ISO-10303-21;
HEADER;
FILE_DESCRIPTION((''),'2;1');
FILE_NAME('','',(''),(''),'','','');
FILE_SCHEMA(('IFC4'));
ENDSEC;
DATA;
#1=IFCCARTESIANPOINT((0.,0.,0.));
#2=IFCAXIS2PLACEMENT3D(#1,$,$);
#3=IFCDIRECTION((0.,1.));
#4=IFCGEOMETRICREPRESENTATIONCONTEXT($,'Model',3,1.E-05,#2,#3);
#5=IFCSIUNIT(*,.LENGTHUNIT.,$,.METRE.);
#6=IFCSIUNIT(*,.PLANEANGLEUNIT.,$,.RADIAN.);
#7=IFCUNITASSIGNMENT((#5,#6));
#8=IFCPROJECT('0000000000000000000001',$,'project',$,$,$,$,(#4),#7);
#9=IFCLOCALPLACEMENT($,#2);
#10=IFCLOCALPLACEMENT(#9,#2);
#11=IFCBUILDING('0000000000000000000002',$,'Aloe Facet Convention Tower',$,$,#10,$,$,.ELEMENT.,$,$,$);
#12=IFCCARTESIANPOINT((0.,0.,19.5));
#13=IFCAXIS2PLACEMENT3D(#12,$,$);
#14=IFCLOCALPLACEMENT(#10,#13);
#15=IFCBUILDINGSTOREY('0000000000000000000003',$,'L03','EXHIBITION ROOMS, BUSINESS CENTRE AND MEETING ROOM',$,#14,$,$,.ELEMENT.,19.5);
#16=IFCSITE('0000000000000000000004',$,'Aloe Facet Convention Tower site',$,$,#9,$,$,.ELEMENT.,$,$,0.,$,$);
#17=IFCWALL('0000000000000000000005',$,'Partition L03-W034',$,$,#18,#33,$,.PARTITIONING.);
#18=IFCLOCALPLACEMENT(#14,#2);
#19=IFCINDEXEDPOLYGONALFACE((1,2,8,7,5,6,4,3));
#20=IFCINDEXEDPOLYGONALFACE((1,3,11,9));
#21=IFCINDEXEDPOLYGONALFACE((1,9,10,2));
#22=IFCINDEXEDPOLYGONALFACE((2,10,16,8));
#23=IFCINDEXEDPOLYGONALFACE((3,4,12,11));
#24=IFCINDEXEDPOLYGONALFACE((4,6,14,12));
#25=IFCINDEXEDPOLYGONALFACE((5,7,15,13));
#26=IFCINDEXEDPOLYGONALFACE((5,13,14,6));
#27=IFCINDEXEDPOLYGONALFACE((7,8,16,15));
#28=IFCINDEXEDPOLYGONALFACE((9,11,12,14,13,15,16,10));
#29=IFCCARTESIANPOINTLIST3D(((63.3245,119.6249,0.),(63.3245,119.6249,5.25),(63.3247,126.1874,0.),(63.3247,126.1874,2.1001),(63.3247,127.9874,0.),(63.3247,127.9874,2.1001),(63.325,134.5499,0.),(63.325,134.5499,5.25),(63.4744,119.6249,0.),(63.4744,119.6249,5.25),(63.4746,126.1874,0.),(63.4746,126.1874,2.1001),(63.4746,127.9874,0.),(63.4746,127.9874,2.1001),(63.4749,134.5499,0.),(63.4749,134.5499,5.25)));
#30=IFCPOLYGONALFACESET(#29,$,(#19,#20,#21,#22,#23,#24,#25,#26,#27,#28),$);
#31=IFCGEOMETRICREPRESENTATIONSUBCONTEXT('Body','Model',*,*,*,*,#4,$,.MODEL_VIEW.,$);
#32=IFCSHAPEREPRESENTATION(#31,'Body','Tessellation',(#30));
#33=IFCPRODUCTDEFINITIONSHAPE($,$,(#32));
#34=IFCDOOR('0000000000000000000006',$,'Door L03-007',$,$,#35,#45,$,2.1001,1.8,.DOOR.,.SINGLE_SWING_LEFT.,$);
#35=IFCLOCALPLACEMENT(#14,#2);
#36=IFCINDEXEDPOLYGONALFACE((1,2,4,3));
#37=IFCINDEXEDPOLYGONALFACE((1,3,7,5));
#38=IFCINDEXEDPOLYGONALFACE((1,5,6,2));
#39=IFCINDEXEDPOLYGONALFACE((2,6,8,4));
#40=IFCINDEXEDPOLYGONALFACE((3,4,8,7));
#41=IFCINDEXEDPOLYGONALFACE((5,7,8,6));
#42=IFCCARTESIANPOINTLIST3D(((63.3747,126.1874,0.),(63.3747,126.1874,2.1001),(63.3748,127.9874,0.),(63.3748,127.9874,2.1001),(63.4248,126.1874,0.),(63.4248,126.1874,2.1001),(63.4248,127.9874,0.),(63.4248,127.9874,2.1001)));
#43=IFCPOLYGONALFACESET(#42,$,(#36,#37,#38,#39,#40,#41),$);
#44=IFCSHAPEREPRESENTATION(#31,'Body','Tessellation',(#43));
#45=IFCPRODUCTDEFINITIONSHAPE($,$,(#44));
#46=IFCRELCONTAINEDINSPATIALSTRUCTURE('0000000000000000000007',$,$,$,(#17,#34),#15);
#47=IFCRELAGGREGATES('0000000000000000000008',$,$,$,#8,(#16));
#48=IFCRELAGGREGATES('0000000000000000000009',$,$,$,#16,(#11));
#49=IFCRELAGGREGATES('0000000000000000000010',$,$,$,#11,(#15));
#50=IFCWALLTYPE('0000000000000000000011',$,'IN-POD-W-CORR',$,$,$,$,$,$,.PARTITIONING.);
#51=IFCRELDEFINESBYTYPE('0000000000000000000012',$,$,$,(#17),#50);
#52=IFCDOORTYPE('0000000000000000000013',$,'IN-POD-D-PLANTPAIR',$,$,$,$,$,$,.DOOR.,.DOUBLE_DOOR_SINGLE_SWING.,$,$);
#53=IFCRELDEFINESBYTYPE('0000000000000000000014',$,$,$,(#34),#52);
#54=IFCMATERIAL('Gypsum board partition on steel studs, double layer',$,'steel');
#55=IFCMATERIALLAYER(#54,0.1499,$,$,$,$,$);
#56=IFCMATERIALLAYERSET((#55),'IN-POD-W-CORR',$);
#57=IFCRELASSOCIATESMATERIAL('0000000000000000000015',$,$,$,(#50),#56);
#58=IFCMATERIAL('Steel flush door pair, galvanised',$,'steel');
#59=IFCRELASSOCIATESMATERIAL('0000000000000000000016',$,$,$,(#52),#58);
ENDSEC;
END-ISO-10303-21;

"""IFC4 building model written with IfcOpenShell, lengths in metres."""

from ifc_helpers import new_model, si_unit, direction, frame, frame_2d, origin, place, context, subcontext, project, spatial, rectangle, extrude, material, layer, layer_set, type_object, element, fill, save


model = new_model("IFC4")

# Units and contexts
model_context = context("Model", 3, precision=1e-05, world=origin(), true_north=direction((0.0, 1.0)))
body_context = subcontext(model_context, "Body", "Model", "MODEL_VIEW")
ifc_project = project(units=[si_unit("LENGTHUNIT", "METRE"), si_unit("PLANEANGLEUNIT", "RADIAN")], contexts=[model_context])

# Site, building, storey
site_placement = place(None, origin())
site = spatial("IfcSite", under=ifc_project, at=site_placement, Name="Aloe Facet Convention Tower site", CompositionType="ELEMENT", RefElevation=0.0)
building_placement = place(site_placement, origin())
building = spatial("IfcBuilding", under=site, at=building_placement, Name="Aloe Facet Convention Tower", CompositionType="ELEMENT")
storey_placement = place(building_placement, frame((0.0, 0.0, 19.5)))
storey = spatial("IfcBuildingStorey", under=building, at=storey_placement, Name="L03", Description="EXHIBITION ROOMS, BUSINESS CENTRE AND MEETING ROOM", CompositionType="ELEMENT", Elevation=19.5)

# Wall, opening, door
ifc_material_1 = material(Name="Gypsum board partition on steel studs, double layer", Category="steel")
ifc_layer_1 = layer(ifc_material_1, 0.1499)
ifc_layer_set_1 = layer_set([ifc_layer_1], Name="IN-POD-W-CORR")
wall_type_1 = type_object("IfcWallType", Name="IN-POD-W-CORR", PredefinedType="PARTITIONING", material=ifc_layer_set_1)
wall_1_placement = place(storey_placement, frame((63.3994, 119.625, 0.0), z_axis=(0.0, 0.0, 1.0), x_axis=(0.000033, 1.0, 0.0)))
wall_1 = element("IfcWall", 1, at=wall_1_placement, inside=storey, type_object=wall_type_1, Name="Partition L03-W034", PredefinedType="PARTITIONING", context=body_context, shape_type="SweptSolid", body=[
    extrude(rectangle(XDim=14.925, YDim=0.1499, at=frame_2d((7.4624, 0.0))), origin(), (0.0, 0.0, 1.0), 5.25),
])
opening_1_placement = place(wall_1_placement, frame((6.5625, 0.0, 0.0)))
opening_1 = element("IfcOpeningElement", 2, at=opening_1_placement, cuts=wall_1, PredefinedType="OPENING", context=body_context, shape_type="SweptSolid", body=[
    extrude(rectangle(XDim=1.8, YDim=2.1001, at=frame_2d((0.8999, 1.05))), frame((0.0, 0.085, 0.0), z_axis=(0.0, -1.0, 0.0), x_axis=(1.0, 0.0, 0.0)), (0.0, 0.0, 1.0), 0.1699),
])
ifc_material_2 = material(Name="Steel flush door pair, galvanised", Category="steel")
door_type_1 = type_object("IfcDoorType", Name="IN-POD-D-PLANTPAIR", OperationType="DOUBLE_DOOR_SINGLE_SWING", PredefinedType="DOOR", material=ifc_material_2)
door_1_placement = place(opening_1_placement, origin())
door_1 = element("IfcDoor", 3, at=door_1_placement, inside=storey, type_object=door_type_1, Name="Door L03-007", OperationType="SINGLE_SWING_LEFT", OverallHeight=2.1001, OverallWidth=1.8, PredefinedType="DOOR", context=body_context, shape_type="SweptSolid", body=[
    extrude(rectangle(XDim=1.8, YDim=2.1001, at=frame_2d((0.8999, 1.05))), frame((0.0, 0.0249, 0.0), z_axis=(0.0, -1.0, 0.0), x_axis=(1.0, 0.0, 0.0)), (0.0, 0.0, 1.0), 0.05),
])
fill(opening_1, door_1)

save(model, "model.ifc")
